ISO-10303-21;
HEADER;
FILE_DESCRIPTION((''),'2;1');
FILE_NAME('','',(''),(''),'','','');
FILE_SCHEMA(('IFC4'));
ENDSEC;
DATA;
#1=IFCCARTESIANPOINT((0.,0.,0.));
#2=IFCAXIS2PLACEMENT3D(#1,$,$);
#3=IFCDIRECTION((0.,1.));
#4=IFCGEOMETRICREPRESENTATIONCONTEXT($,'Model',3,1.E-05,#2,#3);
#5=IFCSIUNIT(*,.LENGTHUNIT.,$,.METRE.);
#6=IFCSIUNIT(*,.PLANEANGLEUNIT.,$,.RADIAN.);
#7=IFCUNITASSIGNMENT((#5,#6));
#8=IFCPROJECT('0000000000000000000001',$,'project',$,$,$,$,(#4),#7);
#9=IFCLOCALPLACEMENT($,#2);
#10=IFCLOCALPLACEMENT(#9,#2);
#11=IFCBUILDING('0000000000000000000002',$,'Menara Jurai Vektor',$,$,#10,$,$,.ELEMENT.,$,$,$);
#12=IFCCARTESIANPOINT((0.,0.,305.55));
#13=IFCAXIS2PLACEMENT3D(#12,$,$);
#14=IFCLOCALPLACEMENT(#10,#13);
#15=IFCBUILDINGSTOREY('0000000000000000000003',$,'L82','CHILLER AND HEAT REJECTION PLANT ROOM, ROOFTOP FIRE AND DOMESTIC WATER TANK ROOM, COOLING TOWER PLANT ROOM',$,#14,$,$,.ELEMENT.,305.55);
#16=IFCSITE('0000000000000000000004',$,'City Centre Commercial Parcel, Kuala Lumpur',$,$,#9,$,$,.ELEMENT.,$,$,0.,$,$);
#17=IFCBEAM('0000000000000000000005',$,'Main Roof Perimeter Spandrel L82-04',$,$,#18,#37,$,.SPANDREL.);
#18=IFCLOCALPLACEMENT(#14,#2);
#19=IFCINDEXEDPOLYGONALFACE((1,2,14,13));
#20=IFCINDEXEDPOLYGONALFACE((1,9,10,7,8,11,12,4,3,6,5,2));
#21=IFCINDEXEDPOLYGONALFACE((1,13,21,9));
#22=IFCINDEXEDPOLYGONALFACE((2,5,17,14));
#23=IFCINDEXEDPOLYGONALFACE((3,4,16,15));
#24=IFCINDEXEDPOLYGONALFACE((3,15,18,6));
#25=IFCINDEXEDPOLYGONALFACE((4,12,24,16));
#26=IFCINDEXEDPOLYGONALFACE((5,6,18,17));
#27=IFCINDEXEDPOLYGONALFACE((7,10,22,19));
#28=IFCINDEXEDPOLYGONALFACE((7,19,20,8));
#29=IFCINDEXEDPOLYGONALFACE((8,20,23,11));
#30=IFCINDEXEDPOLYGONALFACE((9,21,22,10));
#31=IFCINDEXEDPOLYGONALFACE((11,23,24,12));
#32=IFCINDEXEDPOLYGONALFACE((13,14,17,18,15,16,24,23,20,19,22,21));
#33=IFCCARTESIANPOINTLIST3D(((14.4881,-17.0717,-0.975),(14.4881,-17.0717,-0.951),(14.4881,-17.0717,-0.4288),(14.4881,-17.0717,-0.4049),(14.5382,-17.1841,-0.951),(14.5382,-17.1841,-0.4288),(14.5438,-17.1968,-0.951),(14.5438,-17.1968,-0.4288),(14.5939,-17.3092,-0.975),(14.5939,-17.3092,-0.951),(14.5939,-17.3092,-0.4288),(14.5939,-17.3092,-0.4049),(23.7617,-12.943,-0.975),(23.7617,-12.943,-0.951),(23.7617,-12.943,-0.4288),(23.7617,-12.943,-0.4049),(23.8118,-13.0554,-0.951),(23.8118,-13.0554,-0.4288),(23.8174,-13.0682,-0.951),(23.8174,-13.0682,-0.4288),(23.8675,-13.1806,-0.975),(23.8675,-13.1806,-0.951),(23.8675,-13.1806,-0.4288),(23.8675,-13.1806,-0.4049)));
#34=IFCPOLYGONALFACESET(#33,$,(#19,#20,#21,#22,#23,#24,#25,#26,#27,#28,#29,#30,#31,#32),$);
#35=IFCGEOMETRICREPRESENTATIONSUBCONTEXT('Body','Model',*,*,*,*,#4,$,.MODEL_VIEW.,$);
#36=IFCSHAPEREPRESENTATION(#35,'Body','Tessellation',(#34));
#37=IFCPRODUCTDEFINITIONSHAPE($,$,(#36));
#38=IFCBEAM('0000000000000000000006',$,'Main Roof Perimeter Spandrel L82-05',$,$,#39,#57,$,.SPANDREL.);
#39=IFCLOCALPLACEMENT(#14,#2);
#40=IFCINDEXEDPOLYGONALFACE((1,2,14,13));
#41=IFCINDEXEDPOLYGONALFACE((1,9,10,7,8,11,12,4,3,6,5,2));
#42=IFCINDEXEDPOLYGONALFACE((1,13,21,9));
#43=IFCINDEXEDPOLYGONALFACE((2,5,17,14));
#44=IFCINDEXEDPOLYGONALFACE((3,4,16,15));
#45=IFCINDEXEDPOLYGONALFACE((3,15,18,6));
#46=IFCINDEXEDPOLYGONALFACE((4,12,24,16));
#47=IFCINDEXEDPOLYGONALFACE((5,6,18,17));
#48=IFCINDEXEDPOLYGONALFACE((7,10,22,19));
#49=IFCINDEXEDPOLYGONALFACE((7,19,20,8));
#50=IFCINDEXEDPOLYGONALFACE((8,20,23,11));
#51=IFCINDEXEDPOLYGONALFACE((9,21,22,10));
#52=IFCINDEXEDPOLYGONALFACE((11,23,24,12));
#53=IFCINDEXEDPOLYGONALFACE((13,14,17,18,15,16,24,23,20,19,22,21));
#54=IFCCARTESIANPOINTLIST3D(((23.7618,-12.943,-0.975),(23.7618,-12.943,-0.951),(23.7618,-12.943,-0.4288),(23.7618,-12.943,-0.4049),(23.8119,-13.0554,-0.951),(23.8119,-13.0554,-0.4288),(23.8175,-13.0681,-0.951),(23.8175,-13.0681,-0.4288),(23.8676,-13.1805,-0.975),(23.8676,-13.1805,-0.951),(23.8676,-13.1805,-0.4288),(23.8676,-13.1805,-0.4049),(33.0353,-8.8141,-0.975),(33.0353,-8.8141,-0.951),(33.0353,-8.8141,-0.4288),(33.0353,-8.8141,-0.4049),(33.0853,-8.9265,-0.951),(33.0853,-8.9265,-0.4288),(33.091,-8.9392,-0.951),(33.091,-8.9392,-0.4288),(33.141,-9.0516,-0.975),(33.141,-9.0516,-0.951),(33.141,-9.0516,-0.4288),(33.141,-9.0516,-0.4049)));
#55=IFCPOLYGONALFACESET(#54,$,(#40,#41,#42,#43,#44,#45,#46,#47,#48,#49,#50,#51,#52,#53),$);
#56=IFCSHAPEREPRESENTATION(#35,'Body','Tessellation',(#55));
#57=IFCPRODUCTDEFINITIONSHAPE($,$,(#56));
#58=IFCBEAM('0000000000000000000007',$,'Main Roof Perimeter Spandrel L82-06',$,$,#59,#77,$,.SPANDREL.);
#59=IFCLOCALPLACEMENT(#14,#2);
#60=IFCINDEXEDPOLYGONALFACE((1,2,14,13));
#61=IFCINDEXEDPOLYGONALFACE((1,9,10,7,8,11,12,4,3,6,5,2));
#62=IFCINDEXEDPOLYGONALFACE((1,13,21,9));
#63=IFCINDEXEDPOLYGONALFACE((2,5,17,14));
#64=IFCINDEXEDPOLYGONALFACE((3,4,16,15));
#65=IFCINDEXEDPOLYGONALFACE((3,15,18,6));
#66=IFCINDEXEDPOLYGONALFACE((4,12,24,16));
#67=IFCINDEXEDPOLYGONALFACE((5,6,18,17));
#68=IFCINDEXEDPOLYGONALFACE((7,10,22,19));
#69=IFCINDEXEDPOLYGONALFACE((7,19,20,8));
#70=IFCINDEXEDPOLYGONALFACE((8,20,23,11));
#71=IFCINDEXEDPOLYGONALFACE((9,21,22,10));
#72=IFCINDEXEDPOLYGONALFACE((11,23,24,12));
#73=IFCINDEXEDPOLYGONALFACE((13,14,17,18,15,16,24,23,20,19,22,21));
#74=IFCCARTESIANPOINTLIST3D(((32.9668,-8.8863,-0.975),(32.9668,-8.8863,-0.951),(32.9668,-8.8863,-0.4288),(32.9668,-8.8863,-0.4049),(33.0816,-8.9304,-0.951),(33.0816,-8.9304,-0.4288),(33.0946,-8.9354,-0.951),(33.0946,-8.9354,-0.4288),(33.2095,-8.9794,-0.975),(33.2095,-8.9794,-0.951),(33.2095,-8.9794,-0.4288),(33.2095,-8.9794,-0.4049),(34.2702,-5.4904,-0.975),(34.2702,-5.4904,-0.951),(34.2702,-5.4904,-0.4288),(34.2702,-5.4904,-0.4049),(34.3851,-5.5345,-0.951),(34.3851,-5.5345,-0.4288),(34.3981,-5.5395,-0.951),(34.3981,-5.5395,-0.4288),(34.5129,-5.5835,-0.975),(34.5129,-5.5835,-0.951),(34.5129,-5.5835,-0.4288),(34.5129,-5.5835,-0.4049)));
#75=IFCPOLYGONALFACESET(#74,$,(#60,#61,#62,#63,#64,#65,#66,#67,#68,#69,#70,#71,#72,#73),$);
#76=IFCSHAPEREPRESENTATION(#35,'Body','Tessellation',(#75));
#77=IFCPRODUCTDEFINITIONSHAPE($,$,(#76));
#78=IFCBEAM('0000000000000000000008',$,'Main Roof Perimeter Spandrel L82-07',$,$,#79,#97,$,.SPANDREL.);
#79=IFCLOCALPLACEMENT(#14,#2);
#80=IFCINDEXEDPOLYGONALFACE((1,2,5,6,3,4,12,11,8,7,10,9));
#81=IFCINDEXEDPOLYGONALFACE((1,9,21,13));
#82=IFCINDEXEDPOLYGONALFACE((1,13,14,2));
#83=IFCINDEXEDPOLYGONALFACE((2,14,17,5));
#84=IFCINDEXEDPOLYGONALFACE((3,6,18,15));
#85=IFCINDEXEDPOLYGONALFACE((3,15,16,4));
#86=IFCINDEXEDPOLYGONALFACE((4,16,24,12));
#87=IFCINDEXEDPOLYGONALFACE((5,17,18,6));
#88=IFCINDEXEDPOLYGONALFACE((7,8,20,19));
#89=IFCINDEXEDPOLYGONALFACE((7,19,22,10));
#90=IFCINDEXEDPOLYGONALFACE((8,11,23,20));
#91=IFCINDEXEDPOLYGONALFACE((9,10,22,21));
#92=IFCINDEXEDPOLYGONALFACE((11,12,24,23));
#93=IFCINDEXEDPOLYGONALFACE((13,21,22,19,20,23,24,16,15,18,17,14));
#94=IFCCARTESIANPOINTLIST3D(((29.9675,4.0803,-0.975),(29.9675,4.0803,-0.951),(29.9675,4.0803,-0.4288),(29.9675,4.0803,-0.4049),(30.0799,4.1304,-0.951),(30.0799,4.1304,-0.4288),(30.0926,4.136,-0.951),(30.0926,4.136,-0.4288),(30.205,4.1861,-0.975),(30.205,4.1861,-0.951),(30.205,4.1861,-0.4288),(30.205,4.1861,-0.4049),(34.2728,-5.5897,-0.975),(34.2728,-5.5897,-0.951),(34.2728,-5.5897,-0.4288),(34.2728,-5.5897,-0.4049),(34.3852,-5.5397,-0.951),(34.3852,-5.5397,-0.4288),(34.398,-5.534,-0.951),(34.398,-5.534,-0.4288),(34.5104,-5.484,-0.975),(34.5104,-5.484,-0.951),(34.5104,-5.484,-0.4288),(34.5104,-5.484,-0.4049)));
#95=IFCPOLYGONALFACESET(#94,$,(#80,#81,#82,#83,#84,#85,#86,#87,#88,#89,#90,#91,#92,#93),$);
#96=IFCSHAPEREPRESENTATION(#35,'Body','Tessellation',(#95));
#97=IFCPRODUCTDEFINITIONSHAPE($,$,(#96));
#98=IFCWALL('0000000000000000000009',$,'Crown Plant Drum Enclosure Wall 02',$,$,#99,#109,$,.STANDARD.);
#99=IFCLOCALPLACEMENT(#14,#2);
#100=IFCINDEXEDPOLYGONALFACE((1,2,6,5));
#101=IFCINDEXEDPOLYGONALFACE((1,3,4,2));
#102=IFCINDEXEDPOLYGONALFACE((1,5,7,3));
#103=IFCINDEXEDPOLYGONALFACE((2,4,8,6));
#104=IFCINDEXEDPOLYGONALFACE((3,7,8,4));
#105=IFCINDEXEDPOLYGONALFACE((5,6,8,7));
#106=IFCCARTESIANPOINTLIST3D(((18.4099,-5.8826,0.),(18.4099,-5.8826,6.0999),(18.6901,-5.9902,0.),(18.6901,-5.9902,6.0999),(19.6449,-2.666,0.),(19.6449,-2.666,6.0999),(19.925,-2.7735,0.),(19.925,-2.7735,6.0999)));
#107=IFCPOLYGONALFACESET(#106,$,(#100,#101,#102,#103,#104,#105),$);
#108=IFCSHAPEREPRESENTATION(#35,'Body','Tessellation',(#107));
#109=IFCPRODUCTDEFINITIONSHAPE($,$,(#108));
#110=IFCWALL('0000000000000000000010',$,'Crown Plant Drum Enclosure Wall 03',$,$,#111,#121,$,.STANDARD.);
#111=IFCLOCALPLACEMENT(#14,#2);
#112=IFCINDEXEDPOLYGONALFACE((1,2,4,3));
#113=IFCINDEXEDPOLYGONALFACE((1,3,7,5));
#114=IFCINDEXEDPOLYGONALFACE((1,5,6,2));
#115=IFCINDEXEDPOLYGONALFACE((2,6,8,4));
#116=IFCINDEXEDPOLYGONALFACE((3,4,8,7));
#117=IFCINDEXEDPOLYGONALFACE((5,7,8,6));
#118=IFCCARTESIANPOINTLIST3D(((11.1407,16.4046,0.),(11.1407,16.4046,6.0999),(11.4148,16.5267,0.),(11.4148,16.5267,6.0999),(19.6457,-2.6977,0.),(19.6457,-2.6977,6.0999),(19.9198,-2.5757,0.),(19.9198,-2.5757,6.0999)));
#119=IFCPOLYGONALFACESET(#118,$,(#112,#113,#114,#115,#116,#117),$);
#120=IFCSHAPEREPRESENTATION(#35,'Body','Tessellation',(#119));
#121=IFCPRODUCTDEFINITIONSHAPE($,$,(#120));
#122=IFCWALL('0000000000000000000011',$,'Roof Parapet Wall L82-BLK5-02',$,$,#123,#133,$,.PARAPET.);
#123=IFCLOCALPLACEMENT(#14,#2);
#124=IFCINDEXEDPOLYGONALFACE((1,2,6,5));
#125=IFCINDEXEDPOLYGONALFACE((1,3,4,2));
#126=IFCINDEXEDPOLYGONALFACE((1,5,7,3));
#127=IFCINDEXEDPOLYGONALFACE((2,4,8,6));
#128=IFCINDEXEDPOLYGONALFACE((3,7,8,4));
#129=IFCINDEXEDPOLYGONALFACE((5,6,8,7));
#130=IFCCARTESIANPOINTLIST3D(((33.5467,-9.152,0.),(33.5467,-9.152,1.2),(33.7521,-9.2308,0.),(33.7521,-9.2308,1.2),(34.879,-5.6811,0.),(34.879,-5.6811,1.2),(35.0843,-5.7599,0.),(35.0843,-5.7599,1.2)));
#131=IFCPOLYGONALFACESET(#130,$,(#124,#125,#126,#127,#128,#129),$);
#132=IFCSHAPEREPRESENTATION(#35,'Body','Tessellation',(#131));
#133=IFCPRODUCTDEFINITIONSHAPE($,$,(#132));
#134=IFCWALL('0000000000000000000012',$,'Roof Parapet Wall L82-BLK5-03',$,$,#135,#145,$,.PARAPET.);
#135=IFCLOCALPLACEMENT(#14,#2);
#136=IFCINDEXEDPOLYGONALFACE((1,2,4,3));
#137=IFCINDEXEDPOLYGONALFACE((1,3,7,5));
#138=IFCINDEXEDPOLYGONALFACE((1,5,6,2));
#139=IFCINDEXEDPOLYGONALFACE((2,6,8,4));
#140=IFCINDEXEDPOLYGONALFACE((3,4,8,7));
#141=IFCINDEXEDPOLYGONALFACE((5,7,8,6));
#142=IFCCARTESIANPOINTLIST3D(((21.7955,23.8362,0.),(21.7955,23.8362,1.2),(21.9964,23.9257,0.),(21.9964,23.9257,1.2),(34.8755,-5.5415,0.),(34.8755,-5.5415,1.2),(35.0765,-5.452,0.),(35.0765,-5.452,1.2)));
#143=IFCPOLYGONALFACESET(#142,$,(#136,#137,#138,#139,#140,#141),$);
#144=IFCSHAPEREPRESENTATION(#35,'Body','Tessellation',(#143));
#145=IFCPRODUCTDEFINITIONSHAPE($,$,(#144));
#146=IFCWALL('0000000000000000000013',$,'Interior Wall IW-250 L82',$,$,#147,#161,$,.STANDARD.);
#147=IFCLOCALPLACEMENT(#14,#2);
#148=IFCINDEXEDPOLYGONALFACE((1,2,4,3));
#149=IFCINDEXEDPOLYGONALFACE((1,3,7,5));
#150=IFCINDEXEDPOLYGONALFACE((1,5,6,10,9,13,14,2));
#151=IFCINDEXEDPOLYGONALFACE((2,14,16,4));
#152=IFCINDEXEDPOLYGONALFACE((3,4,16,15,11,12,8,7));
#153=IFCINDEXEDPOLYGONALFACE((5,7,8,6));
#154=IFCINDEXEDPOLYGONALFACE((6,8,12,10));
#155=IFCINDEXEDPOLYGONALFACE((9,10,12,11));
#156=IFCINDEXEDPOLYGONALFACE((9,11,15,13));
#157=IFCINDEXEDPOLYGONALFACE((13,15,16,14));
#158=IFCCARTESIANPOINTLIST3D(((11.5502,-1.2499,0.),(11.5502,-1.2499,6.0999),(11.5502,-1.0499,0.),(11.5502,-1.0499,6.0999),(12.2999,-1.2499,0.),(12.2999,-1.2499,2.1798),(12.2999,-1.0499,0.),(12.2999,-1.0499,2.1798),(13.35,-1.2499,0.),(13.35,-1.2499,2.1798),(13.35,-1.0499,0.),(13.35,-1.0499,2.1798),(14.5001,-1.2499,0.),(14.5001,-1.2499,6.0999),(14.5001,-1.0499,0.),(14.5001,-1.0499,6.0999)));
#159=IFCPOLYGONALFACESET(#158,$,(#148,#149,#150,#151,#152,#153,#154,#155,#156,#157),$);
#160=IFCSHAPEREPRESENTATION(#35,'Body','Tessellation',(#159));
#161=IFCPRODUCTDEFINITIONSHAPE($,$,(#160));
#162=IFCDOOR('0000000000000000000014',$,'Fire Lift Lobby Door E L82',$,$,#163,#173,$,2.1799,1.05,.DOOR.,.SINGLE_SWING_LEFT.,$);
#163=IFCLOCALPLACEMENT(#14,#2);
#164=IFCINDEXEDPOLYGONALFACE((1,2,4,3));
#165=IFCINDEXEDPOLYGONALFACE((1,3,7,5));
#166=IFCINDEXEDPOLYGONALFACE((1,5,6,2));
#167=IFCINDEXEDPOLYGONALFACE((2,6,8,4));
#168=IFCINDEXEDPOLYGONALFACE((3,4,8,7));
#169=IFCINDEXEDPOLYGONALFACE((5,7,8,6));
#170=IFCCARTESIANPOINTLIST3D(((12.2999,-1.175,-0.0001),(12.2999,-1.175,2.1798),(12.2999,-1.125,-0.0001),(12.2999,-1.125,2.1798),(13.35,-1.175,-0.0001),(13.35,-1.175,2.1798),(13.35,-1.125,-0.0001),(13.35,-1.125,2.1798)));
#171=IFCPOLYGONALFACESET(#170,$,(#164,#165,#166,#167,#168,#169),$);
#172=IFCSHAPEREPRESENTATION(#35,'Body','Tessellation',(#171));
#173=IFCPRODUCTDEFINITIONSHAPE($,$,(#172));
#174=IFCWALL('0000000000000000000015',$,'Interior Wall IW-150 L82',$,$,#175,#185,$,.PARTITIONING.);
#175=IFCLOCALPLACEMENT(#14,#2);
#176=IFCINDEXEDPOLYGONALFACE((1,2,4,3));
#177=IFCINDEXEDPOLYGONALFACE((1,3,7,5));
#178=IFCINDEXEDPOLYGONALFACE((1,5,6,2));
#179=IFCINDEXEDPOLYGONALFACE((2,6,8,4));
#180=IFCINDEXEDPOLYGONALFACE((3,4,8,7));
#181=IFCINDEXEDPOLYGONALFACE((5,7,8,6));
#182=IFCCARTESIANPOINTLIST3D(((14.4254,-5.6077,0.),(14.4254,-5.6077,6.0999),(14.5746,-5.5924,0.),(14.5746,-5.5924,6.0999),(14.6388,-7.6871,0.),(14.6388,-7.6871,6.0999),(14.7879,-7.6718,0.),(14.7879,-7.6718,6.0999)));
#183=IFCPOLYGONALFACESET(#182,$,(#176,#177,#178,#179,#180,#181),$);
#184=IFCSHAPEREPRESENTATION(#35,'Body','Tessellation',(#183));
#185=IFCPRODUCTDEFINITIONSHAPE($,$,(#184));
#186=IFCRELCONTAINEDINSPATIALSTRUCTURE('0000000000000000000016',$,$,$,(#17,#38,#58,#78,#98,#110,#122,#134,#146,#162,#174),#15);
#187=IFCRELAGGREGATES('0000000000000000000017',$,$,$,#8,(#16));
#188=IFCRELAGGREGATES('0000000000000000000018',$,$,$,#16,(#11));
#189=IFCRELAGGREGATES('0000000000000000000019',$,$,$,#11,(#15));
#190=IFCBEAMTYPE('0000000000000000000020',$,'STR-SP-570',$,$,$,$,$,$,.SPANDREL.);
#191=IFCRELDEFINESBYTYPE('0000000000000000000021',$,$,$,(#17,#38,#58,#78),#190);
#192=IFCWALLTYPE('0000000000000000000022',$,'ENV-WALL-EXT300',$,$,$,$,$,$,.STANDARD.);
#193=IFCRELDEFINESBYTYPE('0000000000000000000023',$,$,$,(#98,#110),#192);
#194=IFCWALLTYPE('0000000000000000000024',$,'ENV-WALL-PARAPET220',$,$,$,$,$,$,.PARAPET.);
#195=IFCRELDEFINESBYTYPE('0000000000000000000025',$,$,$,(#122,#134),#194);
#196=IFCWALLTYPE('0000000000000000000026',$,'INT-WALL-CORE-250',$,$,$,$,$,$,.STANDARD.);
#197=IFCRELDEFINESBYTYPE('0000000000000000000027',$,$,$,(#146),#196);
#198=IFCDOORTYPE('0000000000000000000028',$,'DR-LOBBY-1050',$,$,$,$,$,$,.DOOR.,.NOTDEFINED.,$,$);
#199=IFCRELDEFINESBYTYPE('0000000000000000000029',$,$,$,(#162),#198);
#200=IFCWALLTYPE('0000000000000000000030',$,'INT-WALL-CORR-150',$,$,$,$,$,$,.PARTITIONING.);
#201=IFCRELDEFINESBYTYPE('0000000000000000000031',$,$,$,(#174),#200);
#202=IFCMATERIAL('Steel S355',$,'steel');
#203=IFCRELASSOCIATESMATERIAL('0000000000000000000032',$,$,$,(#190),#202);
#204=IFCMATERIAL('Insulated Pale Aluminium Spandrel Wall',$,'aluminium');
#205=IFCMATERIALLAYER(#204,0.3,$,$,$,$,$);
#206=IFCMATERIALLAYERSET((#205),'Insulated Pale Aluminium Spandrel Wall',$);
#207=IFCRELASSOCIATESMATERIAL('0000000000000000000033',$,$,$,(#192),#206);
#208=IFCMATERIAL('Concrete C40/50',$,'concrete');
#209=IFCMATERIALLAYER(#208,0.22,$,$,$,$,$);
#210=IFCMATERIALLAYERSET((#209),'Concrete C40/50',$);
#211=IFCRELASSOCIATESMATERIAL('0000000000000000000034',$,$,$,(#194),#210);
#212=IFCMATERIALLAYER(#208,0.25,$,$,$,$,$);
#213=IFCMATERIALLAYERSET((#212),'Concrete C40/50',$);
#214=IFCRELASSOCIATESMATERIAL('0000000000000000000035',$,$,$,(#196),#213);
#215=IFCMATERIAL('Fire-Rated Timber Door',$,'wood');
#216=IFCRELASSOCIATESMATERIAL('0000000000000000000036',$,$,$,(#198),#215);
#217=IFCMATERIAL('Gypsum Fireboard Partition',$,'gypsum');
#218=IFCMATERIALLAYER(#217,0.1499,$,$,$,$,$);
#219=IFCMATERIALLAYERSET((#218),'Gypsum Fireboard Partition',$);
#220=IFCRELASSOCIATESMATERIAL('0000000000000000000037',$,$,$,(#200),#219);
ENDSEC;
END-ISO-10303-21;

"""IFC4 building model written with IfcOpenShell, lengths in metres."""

from ifc_helpers import new_model, si_unit, direction, frame, frame_2d, origin, origin_2d, place, context, subcontext, project, spatial, rectangle, i_section, extrude, material, layer, layer_set, material_profile, profile_set, type_object, element, fill, save


model = new_model("IFC4")

# Units and contexts
model_context = context("Model", 3, precision=1e-05, world=origin(), true_north=direction((0.0, 1.0)))
body_context = subcontext(model_context, "Body", "Model", "MODEL_VIEW")
ifc_project = project(units=[si_unit("LENGTHUNIT", "METRE"), si_unit("PLANEANGLEUNIT", "RADIAN")], contexts=[model_context])

# Site, building, storey
site_placement = place(None, origin())
site = spatial("IfcSite", under=ifc_project, at=site_placement, Name="City Centre Commercial Parcel, Kuala Lumpur", CompositionType="ELEMENT", RefElevation=0.0)
building_placement = place(site_placement, origin())
building = spatial("IfcBuilding", under=site, at=building_placement, Name="Menara Jurai Vektor", CompositionType="ELEMENT")
storey_placement = place(building_placement, frame((0.0, 0.0, 305.55)))
storey = spatial("IfcBuildingStorey", under=building, at=storey_placement, Name="L82", Description="CHILLER AND HEAT REJECTION PLANT ROOM, ROOFTOP FIRE AND DOMESTIC WATER TANK ROOM, COOLING TOWER PLANT ROOM", CompositionType="ELEMENT", Elevation=305.55)

# Beams
ifc_material_1 = material(Name="Steel S355", Category="steel")
ifc_material_profile_1 = material_profile(ifc_material_1, i_section(OverallWidth=0.26, OverallDepth=0.5701, WebThickness=0.0139, FlangeThickness=0.0239, at=origin_2d()), Name="PG 570x260x145")
ifc_profile_set_1 = profile_set([ifc_material_profile_1], Name="Steel S355")
beam_type_1 = type_object("IfcBeamType", Name="STR-SP-570", PredefinedType="SPANDREL", material=ifc_profile_set_1)
for number, where, z_axis, x_axis, name in (
    (1, (14.541, -17.1904, -0.6899), (0.913554, 0.406716, 0.0), (-0.406716, 0.913554, 0.0), "Main Roof Perimeter Spandrel L82-04"),
    (2, (23.8147, -13.0618, -0.6899), (0.913542, 0.406745, 0.0), (-0.406745, 0.913542, 0.0), "Main Roof Perimeter Spandrel L82-05"),
):
    element("IfcBeam", number, at=place(storey_placement, frame(where, z_axis=z_axis, x_axis=x_axis)), inside=storey, type_object=beam_type_1, Name=name, PredefinedType="SPANDREL", context=body_context, shape_type="SweptSolid", body=[
        extrude(i_section(OverallWidth=0.26, OverallDepth=0.5701, WebThickness=0.0139, FlangeThickness=0.0239, at=origin_2d()), origin(), (0.0, 0.0, 1.0), 10.1511),
    ])
beam_1_placement = place(storey_placement, frame((33.0881, -8.9329, -0.6899), z_axis=(0.358336, 0.933593, 0.0), x_axis=(-0.933593, 0.358336, 0.0)))
element("IfcBeam", 3, at=beam_1_placement, inside=storey, type_object=beam_type_1, Name="Main Roof Perimeter Spandrel L82-06", PredefinedType="SPANDREL", context=body_context, shape_type="SweptSolid", body=[
    extrude(i_section(OverallWidth=0.26, OverallDepth=0.5701, WebThickness=0.0139, FlangeThickness=0.0239, at=origin_2d()), origin(), (0.0, 0.0, 1.0), 3.6375),
])
beam_2_placement = place(storey_placement, frame((34.3916, -5.5369, -0.6899), z_axis=(-0.406735, 0.913546, 0.0), x_axis=(-0.913546, -0.406735, 0.0)))
element("IfcBeam", 4, at=beam_2_placement, inside=storey, type_object=beam_type_1, Name="Main Roof Perimeter Spandrel L82-07", PredefinedType="SPANDREL", context=body_context, shape_type="SweptSolid", body=[
    extrude(i_section(OverallWidth=0.26, OverallDepth=0.5701, WebThickness=0.0139, FlangeThickness=0.0239, at=origin_2d()), origin(), (0.0, 0.0, 1.0), 10.5852),
])

# Walls
ifc_material_2 = material(Name="Insulated Pale Aluminium Spandrel Wall", Category="aluminium")
ifc_layer_1 = layer(ifc_material_2, 0.3)
ifc_layer_set_1 = layer_set([ifc_layer_1], Name="Insulated Pale Aluminium Spandrel Wall")
wall_type_1 = type_object("IfcWallType", Name="ENV-WALL-EXT300", PredefinedType="STANDARD", material=ifc_layer_set_1)
wall_1_placement = place(storey_placement, frame((18.55, -5.9363, 0.0), z_axis=(0.0, 0.0, 1.0), x_axis=(0.358404, 0.933566, 0.0)))
element("IfcWall", 5, at=wall_1_placement, inside=storey, type_object=wall_type_1, Name="Crown Plant Drum Enclosure Wall 02", PredefinedType="STANDARD", context=body_context, shape_type="SweptSolid", body=[
    extrude(rectangle(XDim=3.4456, YDim=0.3, at=frame_2d((1.7227, 0.0))), origin(), (0.0, 0.0, 1.0), 6.0999),
])
wall_2_placement = place(storey_placement, frame((19.7827, -2.6367, 0.0), z_axis=(0.0, 0.0, 1.0), x_axis=(-0.406736, 0.913546, 0.0)))
element("IfcWall", 6, at=wall_2_placement, inside=storey, type_object=wall_type_1, Name="Crown Plant Drum Enclosure Wall 03", PredefinedType="STANDARD", context=body_context, shape_type="SweptSolid", body=[
    extrude(rectangle(XDim=20.9102, YDim=0.3, at=frame_2d((10.4551, 0.0))), origin(), (0.0, 0.0, 1.0), 6.0999),
])
ifc_material_3 = material(Name="Concrete C40/50", Category="concrete")
ifc_layer_2 = layer(ifc_material_3, 0.22)
ifc_layer_set_2 = layer_set([ifc_layer_2], Name="Concrete C40/50")
wall_type_2 = type_object("IfcWallType", Name="ENV-WALL-PARAPET220", PredefinedType="PARAPET", material=ifc_layer_set_2)
wall_3_placement = place(storey_placement, frame((33.6494, -9.1914, 0.0), z_axis=(0.0, 0.0, 1.0), x_axis=(0.358345, 0.933589, 0.0)))
element("IfcWall", 7, at=wall_3_placement, inside=storey, type_object=wall_type_2, Name="Roof Parapet Wall L82-BLK5-02", PredefinedType="PARAPET", context=body_context, shape_type="SweptSolid", body=[
    extrude(rectangle(XDim=3.7178, YDim=0.22, at=frame_2d((1.8589, 0.0))), origin(), (0.0, 0.0, 1.0), 1.2),
])
wall_4_placement = place(storey_placement, frame((34.9761, -5.4968, 0.0), z_axis=(0.0, 0.0, 1.0), x_axis=(-0.406744, 0.913542, 0.0)))
element("IfcWall", 8, at=wall_4_placement, inside=storey, type_object=wall_type_2, Name="Roof Parapet Wall L82-BLK5-03", PredefinedType="PARAPET", context=body_context, shape_type="SweptSolid", body=[
    extrude(rectangle(XDim=32.158, YDim=0.22, at=frame_2d((16.0791, 0.0))), origin(), (0.0, 0.0, 1.0), 1.2),
])

# Wall, opening, door
ifc_layer_3 = layer(ifc_material_3, 0.25)
ifc_layer_set_3 = layer_set([ifc_layer_3], Name="Concrete C40/50")
wall_type_3 = type_object("IfcWallType", Name="INT-WALL-CORE-250", PredefinedType="STANDARD", material=ifc_layer_set_3)
wall_5_placement = place(storey_placement, frame((11.55, -1.1499, 0.0), z_axis=(0.0, 0.0, 1.0), x_axis=(1.0, 0.0, 0.0)))
wall_5 = element("IfcWall", 9, at=wall_5_placement, inside=storey, type_object=wall_type_3, Name="Interior Wall IW-250 L82", PredefinedType="STANDARD", context=body_context, shape_type="SweptSolid", body=[
    extrude(rectangle(XDim=2.95, YDim=0.2, at=frame_2d((1.4751, 0.0))), origin(), (0.0, 0.0, 1.0), 6.0999),
])
opening_1_placement = place(wall_5_placement, frame((0.75, 0.0, 0.0)))
opening_1 = element("IfcOpeningElement", 10, at=opening_1_placement, cuts=wall_5, PredefinedType="OPENING", context=body_context, shape_type="SweptSolid", body=[
    extrude(rectangle(XDim=1.05, YDim=2.1799, at=frame_2d((0.5249, 1.0898))), frame((0.0, 0.1099, 0.0), z_axis=(0.0, -1.0, 0.0), x_axis=(1.0, 0.0, 0.0)), (0.0, 0.0, 1.0), 0.22),
])
ifc_material_4 = material(Name="Fire-Rated Timber Door", Category="wood")
door_type_1 = type_object("IfcDoorType", Name="DR-LOBBY-1050", OperationType="NOTDEFINED", PredefinedType="DOOR", material=ifc_material_4)
door_1_placement = place(opening_1_placement, origin())
door_1 = element("IfcDoor", 11, at=door_1_placement, inside=storey, type_object=door_type_1, Name="Fire Lift Lobby Door E L82", OperationType="SINGLE_SWING_LEFT", OverallHeight=2.1799, OverallWidth=1.05, PredefinedType="DOOR", context=body_context, shape_type="SweptSolid", body=[
    extrude(rectangle(XDim=1.05, YDim=2.1799, at=frame_2d((0.5249, 1.0898))), frame((0.0, 0.0249, 0.0), z_axis=(0.0, -1.0, 0.0), x_axis=(1.0, 0.0, 0.0)), (0.0, 0.0, 1.0), 0.05),
])
fill(opening_1, door_1)

# Wall
ifc_material_5 = material(Name="Gypsum Fireboard Partition", Category="gypsum")
ifc_layer_4 = layer(ifc_material_5, 0.1499)
ifc_layer_set_4 = layer_set([ifc_layer_4], Name="Gypsum Fireboard Partition")
wall_type_4 = type_object("IfcWallType", Name="INT-WALL-CORR-150", PredefinedType="PARTITIONING", material=ifc_layer_set_4)
wall_6_placement = place(storey_placement, frame((14.7134, -7.6794, 0.0), z_axis=(0.0, 0.0, 1.0), x_axis=(-0.102082, 0.994776, 0.0)))
element("IfcWall", 12, at=wall_6_placement, inside=storey, type_object=wall_type_4, Name="Interior Wall IW-150 L82", PredefinedType="PARTITIONING", context=body_context, shape_type="SweptSolid", body=[
    extrude(rectangle(XDim=2.0903, YDim=0.1499, at=frame_2d((1.0452, 0.0))), origin(), (0.0, 0.0, 1.0), 6.0999),
])

save(model, "model.ifc")
